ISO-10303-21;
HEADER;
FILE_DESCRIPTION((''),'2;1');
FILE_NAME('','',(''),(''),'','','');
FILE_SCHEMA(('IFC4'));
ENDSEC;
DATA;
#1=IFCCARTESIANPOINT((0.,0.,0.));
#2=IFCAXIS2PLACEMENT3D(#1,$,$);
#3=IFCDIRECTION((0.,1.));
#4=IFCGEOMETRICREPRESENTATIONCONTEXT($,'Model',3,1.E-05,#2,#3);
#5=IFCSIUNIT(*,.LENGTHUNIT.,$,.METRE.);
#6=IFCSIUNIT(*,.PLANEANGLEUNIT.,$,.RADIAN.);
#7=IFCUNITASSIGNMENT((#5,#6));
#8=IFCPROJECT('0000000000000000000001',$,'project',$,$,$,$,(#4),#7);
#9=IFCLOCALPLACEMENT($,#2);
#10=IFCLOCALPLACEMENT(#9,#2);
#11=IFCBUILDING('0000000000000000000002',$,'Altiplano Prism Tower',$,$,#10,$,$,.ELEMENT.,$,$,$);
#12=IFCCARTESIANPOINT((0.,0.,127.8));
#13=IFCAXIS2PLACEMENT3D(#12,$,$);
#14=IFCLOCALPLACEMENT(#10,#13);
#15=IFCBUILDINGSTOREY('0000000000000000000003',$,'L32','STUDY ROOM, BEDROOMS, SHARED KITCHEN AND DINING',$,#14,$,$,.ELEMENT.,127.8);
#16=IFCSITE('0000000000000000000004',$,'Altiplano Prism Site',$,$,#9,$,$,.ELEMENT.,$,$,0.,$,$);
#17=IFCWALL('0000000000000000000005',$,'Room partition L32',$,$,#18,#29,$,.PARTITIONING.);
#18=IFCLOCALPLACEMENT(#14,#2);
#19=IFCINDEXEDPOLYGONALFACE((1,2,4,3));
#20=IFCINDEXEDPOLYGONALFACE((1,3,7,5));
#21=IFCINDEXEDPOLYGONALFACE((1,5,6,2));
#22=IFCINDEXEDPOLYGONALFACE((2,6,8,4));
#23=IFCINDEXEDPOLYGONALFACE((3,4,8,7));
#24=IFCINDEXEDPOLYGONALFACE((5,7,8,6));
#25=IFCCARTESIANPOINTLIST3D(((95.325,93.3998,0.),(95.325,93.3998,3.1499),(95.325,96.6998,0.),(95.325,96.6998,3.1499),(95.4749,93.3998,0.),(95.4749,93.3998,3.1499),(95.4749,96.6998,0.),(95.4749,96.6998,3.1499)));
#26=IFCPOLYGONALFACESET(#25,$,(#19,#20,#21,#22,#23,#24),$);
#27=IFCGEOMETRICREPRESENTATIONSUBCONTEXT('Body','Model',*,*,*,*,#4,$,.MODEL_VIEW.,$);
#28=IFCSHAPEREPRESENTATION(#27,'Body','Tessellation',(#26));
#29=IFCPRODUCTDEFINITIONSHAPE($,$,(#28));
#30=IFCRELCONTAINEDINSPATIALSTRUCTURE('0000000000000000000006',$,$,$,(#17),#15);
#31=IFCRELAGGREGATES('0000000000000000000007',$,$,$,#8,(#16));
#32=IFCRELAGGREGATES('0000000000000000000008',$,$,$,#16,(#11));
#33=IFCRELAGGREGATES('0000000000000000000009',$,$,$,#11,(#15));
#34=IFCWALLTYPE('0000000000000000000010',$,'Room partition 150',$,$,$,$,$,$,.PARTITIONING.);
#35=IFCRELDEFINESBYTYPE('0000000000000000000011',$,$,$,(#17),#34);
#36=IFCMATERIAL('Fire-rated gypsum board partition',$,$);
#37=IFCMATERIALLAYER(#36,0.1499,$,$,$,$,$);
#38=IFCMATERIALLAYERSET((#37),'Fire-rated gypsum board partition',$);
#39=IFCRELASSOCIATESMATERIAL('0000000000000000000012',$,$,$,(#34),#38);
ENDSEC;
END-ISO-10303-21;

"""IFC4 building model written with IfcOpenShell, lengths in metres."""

from ifc_helpers import new_model, si_unit, direction, frame, frame_2d, origin, place, context, subcontext, project, spatial, rectangle, extrude, material, layer, layer_set, type_object, element, save


model = new_model("IFC4")

# Units and contexts
model_context = context("Model", 3, precision=1e-05, world=origin(), true_north=direction((0.0, 1.0)))
body_context = subcontext(model_context, "Body", "Model", "MODEL_VIEW")
ifc_project = project(units=[si_unit("LENGTHUNIT", "METRE"), si_unit("PLANEANGLEUNIT", "RADIAN")], contexts=[model_context])

# Site, building, storey
site_placement = place(None, origin())
site = spatial("IfcSite", under=ifc_project, at=site_placement, Name="Altiplano Prism Site", CompositionType="ELEMENT", RefElevation=0.0)
building_placement = place(site_placement, origin())
building = spatial("IfcBuilding", under=site, at=building_placement, Name="Altiplano Prism Tower", CompositionType="ELEMENT")
storey_placement = place(building_placement, frame((0.0, 0.0, 127.8)))
storey = spatial("IfcBuildingStorey", under=building, at=storey_placement, Name="L32", Description="STUDY ROOM, BEDROOMS, SHARED KITCHEN AND DINING", CompositionType="ELEMENT", Elevation=127.8)

# Wall
ifc_material_1 = material(Name="Fire-rated gypsum board partition")
ifc_layer_1 = layer(ifc_material_1, 0.1499)
ifc_layer_set_1 = layer_set([ifc_layer_1], Name="Fire-rated gypsum board partition")
wall_type_1 = type_object("IfcWallType", Name="Room partition 150", PredefinedType="PARTITIONING", material=ifc_layer_set_1)
wall_1_placement = place(storey_placement, frame((95.3999, 93.3999, 0.0), z_axis=(0.0, 0.0, 1.0), x_axis=(0.0, 1.0, 0.0)))
element("IfcWall", 1, at=wall_1_placement, inside=storey, type_object=wall_type_1, Name="Room partition L32", PredefinedType="PARTITIONING", context=body_context, shape_type="SweptSolid", body=[
    extrude(rectangle(XDim=3.3, YDim=0.1499, at=frame_2d((1.6499, 0.0))), origin(), (0.0, 0.0, 1.0), 3.1499),
])

save(model, "model.ifc")
